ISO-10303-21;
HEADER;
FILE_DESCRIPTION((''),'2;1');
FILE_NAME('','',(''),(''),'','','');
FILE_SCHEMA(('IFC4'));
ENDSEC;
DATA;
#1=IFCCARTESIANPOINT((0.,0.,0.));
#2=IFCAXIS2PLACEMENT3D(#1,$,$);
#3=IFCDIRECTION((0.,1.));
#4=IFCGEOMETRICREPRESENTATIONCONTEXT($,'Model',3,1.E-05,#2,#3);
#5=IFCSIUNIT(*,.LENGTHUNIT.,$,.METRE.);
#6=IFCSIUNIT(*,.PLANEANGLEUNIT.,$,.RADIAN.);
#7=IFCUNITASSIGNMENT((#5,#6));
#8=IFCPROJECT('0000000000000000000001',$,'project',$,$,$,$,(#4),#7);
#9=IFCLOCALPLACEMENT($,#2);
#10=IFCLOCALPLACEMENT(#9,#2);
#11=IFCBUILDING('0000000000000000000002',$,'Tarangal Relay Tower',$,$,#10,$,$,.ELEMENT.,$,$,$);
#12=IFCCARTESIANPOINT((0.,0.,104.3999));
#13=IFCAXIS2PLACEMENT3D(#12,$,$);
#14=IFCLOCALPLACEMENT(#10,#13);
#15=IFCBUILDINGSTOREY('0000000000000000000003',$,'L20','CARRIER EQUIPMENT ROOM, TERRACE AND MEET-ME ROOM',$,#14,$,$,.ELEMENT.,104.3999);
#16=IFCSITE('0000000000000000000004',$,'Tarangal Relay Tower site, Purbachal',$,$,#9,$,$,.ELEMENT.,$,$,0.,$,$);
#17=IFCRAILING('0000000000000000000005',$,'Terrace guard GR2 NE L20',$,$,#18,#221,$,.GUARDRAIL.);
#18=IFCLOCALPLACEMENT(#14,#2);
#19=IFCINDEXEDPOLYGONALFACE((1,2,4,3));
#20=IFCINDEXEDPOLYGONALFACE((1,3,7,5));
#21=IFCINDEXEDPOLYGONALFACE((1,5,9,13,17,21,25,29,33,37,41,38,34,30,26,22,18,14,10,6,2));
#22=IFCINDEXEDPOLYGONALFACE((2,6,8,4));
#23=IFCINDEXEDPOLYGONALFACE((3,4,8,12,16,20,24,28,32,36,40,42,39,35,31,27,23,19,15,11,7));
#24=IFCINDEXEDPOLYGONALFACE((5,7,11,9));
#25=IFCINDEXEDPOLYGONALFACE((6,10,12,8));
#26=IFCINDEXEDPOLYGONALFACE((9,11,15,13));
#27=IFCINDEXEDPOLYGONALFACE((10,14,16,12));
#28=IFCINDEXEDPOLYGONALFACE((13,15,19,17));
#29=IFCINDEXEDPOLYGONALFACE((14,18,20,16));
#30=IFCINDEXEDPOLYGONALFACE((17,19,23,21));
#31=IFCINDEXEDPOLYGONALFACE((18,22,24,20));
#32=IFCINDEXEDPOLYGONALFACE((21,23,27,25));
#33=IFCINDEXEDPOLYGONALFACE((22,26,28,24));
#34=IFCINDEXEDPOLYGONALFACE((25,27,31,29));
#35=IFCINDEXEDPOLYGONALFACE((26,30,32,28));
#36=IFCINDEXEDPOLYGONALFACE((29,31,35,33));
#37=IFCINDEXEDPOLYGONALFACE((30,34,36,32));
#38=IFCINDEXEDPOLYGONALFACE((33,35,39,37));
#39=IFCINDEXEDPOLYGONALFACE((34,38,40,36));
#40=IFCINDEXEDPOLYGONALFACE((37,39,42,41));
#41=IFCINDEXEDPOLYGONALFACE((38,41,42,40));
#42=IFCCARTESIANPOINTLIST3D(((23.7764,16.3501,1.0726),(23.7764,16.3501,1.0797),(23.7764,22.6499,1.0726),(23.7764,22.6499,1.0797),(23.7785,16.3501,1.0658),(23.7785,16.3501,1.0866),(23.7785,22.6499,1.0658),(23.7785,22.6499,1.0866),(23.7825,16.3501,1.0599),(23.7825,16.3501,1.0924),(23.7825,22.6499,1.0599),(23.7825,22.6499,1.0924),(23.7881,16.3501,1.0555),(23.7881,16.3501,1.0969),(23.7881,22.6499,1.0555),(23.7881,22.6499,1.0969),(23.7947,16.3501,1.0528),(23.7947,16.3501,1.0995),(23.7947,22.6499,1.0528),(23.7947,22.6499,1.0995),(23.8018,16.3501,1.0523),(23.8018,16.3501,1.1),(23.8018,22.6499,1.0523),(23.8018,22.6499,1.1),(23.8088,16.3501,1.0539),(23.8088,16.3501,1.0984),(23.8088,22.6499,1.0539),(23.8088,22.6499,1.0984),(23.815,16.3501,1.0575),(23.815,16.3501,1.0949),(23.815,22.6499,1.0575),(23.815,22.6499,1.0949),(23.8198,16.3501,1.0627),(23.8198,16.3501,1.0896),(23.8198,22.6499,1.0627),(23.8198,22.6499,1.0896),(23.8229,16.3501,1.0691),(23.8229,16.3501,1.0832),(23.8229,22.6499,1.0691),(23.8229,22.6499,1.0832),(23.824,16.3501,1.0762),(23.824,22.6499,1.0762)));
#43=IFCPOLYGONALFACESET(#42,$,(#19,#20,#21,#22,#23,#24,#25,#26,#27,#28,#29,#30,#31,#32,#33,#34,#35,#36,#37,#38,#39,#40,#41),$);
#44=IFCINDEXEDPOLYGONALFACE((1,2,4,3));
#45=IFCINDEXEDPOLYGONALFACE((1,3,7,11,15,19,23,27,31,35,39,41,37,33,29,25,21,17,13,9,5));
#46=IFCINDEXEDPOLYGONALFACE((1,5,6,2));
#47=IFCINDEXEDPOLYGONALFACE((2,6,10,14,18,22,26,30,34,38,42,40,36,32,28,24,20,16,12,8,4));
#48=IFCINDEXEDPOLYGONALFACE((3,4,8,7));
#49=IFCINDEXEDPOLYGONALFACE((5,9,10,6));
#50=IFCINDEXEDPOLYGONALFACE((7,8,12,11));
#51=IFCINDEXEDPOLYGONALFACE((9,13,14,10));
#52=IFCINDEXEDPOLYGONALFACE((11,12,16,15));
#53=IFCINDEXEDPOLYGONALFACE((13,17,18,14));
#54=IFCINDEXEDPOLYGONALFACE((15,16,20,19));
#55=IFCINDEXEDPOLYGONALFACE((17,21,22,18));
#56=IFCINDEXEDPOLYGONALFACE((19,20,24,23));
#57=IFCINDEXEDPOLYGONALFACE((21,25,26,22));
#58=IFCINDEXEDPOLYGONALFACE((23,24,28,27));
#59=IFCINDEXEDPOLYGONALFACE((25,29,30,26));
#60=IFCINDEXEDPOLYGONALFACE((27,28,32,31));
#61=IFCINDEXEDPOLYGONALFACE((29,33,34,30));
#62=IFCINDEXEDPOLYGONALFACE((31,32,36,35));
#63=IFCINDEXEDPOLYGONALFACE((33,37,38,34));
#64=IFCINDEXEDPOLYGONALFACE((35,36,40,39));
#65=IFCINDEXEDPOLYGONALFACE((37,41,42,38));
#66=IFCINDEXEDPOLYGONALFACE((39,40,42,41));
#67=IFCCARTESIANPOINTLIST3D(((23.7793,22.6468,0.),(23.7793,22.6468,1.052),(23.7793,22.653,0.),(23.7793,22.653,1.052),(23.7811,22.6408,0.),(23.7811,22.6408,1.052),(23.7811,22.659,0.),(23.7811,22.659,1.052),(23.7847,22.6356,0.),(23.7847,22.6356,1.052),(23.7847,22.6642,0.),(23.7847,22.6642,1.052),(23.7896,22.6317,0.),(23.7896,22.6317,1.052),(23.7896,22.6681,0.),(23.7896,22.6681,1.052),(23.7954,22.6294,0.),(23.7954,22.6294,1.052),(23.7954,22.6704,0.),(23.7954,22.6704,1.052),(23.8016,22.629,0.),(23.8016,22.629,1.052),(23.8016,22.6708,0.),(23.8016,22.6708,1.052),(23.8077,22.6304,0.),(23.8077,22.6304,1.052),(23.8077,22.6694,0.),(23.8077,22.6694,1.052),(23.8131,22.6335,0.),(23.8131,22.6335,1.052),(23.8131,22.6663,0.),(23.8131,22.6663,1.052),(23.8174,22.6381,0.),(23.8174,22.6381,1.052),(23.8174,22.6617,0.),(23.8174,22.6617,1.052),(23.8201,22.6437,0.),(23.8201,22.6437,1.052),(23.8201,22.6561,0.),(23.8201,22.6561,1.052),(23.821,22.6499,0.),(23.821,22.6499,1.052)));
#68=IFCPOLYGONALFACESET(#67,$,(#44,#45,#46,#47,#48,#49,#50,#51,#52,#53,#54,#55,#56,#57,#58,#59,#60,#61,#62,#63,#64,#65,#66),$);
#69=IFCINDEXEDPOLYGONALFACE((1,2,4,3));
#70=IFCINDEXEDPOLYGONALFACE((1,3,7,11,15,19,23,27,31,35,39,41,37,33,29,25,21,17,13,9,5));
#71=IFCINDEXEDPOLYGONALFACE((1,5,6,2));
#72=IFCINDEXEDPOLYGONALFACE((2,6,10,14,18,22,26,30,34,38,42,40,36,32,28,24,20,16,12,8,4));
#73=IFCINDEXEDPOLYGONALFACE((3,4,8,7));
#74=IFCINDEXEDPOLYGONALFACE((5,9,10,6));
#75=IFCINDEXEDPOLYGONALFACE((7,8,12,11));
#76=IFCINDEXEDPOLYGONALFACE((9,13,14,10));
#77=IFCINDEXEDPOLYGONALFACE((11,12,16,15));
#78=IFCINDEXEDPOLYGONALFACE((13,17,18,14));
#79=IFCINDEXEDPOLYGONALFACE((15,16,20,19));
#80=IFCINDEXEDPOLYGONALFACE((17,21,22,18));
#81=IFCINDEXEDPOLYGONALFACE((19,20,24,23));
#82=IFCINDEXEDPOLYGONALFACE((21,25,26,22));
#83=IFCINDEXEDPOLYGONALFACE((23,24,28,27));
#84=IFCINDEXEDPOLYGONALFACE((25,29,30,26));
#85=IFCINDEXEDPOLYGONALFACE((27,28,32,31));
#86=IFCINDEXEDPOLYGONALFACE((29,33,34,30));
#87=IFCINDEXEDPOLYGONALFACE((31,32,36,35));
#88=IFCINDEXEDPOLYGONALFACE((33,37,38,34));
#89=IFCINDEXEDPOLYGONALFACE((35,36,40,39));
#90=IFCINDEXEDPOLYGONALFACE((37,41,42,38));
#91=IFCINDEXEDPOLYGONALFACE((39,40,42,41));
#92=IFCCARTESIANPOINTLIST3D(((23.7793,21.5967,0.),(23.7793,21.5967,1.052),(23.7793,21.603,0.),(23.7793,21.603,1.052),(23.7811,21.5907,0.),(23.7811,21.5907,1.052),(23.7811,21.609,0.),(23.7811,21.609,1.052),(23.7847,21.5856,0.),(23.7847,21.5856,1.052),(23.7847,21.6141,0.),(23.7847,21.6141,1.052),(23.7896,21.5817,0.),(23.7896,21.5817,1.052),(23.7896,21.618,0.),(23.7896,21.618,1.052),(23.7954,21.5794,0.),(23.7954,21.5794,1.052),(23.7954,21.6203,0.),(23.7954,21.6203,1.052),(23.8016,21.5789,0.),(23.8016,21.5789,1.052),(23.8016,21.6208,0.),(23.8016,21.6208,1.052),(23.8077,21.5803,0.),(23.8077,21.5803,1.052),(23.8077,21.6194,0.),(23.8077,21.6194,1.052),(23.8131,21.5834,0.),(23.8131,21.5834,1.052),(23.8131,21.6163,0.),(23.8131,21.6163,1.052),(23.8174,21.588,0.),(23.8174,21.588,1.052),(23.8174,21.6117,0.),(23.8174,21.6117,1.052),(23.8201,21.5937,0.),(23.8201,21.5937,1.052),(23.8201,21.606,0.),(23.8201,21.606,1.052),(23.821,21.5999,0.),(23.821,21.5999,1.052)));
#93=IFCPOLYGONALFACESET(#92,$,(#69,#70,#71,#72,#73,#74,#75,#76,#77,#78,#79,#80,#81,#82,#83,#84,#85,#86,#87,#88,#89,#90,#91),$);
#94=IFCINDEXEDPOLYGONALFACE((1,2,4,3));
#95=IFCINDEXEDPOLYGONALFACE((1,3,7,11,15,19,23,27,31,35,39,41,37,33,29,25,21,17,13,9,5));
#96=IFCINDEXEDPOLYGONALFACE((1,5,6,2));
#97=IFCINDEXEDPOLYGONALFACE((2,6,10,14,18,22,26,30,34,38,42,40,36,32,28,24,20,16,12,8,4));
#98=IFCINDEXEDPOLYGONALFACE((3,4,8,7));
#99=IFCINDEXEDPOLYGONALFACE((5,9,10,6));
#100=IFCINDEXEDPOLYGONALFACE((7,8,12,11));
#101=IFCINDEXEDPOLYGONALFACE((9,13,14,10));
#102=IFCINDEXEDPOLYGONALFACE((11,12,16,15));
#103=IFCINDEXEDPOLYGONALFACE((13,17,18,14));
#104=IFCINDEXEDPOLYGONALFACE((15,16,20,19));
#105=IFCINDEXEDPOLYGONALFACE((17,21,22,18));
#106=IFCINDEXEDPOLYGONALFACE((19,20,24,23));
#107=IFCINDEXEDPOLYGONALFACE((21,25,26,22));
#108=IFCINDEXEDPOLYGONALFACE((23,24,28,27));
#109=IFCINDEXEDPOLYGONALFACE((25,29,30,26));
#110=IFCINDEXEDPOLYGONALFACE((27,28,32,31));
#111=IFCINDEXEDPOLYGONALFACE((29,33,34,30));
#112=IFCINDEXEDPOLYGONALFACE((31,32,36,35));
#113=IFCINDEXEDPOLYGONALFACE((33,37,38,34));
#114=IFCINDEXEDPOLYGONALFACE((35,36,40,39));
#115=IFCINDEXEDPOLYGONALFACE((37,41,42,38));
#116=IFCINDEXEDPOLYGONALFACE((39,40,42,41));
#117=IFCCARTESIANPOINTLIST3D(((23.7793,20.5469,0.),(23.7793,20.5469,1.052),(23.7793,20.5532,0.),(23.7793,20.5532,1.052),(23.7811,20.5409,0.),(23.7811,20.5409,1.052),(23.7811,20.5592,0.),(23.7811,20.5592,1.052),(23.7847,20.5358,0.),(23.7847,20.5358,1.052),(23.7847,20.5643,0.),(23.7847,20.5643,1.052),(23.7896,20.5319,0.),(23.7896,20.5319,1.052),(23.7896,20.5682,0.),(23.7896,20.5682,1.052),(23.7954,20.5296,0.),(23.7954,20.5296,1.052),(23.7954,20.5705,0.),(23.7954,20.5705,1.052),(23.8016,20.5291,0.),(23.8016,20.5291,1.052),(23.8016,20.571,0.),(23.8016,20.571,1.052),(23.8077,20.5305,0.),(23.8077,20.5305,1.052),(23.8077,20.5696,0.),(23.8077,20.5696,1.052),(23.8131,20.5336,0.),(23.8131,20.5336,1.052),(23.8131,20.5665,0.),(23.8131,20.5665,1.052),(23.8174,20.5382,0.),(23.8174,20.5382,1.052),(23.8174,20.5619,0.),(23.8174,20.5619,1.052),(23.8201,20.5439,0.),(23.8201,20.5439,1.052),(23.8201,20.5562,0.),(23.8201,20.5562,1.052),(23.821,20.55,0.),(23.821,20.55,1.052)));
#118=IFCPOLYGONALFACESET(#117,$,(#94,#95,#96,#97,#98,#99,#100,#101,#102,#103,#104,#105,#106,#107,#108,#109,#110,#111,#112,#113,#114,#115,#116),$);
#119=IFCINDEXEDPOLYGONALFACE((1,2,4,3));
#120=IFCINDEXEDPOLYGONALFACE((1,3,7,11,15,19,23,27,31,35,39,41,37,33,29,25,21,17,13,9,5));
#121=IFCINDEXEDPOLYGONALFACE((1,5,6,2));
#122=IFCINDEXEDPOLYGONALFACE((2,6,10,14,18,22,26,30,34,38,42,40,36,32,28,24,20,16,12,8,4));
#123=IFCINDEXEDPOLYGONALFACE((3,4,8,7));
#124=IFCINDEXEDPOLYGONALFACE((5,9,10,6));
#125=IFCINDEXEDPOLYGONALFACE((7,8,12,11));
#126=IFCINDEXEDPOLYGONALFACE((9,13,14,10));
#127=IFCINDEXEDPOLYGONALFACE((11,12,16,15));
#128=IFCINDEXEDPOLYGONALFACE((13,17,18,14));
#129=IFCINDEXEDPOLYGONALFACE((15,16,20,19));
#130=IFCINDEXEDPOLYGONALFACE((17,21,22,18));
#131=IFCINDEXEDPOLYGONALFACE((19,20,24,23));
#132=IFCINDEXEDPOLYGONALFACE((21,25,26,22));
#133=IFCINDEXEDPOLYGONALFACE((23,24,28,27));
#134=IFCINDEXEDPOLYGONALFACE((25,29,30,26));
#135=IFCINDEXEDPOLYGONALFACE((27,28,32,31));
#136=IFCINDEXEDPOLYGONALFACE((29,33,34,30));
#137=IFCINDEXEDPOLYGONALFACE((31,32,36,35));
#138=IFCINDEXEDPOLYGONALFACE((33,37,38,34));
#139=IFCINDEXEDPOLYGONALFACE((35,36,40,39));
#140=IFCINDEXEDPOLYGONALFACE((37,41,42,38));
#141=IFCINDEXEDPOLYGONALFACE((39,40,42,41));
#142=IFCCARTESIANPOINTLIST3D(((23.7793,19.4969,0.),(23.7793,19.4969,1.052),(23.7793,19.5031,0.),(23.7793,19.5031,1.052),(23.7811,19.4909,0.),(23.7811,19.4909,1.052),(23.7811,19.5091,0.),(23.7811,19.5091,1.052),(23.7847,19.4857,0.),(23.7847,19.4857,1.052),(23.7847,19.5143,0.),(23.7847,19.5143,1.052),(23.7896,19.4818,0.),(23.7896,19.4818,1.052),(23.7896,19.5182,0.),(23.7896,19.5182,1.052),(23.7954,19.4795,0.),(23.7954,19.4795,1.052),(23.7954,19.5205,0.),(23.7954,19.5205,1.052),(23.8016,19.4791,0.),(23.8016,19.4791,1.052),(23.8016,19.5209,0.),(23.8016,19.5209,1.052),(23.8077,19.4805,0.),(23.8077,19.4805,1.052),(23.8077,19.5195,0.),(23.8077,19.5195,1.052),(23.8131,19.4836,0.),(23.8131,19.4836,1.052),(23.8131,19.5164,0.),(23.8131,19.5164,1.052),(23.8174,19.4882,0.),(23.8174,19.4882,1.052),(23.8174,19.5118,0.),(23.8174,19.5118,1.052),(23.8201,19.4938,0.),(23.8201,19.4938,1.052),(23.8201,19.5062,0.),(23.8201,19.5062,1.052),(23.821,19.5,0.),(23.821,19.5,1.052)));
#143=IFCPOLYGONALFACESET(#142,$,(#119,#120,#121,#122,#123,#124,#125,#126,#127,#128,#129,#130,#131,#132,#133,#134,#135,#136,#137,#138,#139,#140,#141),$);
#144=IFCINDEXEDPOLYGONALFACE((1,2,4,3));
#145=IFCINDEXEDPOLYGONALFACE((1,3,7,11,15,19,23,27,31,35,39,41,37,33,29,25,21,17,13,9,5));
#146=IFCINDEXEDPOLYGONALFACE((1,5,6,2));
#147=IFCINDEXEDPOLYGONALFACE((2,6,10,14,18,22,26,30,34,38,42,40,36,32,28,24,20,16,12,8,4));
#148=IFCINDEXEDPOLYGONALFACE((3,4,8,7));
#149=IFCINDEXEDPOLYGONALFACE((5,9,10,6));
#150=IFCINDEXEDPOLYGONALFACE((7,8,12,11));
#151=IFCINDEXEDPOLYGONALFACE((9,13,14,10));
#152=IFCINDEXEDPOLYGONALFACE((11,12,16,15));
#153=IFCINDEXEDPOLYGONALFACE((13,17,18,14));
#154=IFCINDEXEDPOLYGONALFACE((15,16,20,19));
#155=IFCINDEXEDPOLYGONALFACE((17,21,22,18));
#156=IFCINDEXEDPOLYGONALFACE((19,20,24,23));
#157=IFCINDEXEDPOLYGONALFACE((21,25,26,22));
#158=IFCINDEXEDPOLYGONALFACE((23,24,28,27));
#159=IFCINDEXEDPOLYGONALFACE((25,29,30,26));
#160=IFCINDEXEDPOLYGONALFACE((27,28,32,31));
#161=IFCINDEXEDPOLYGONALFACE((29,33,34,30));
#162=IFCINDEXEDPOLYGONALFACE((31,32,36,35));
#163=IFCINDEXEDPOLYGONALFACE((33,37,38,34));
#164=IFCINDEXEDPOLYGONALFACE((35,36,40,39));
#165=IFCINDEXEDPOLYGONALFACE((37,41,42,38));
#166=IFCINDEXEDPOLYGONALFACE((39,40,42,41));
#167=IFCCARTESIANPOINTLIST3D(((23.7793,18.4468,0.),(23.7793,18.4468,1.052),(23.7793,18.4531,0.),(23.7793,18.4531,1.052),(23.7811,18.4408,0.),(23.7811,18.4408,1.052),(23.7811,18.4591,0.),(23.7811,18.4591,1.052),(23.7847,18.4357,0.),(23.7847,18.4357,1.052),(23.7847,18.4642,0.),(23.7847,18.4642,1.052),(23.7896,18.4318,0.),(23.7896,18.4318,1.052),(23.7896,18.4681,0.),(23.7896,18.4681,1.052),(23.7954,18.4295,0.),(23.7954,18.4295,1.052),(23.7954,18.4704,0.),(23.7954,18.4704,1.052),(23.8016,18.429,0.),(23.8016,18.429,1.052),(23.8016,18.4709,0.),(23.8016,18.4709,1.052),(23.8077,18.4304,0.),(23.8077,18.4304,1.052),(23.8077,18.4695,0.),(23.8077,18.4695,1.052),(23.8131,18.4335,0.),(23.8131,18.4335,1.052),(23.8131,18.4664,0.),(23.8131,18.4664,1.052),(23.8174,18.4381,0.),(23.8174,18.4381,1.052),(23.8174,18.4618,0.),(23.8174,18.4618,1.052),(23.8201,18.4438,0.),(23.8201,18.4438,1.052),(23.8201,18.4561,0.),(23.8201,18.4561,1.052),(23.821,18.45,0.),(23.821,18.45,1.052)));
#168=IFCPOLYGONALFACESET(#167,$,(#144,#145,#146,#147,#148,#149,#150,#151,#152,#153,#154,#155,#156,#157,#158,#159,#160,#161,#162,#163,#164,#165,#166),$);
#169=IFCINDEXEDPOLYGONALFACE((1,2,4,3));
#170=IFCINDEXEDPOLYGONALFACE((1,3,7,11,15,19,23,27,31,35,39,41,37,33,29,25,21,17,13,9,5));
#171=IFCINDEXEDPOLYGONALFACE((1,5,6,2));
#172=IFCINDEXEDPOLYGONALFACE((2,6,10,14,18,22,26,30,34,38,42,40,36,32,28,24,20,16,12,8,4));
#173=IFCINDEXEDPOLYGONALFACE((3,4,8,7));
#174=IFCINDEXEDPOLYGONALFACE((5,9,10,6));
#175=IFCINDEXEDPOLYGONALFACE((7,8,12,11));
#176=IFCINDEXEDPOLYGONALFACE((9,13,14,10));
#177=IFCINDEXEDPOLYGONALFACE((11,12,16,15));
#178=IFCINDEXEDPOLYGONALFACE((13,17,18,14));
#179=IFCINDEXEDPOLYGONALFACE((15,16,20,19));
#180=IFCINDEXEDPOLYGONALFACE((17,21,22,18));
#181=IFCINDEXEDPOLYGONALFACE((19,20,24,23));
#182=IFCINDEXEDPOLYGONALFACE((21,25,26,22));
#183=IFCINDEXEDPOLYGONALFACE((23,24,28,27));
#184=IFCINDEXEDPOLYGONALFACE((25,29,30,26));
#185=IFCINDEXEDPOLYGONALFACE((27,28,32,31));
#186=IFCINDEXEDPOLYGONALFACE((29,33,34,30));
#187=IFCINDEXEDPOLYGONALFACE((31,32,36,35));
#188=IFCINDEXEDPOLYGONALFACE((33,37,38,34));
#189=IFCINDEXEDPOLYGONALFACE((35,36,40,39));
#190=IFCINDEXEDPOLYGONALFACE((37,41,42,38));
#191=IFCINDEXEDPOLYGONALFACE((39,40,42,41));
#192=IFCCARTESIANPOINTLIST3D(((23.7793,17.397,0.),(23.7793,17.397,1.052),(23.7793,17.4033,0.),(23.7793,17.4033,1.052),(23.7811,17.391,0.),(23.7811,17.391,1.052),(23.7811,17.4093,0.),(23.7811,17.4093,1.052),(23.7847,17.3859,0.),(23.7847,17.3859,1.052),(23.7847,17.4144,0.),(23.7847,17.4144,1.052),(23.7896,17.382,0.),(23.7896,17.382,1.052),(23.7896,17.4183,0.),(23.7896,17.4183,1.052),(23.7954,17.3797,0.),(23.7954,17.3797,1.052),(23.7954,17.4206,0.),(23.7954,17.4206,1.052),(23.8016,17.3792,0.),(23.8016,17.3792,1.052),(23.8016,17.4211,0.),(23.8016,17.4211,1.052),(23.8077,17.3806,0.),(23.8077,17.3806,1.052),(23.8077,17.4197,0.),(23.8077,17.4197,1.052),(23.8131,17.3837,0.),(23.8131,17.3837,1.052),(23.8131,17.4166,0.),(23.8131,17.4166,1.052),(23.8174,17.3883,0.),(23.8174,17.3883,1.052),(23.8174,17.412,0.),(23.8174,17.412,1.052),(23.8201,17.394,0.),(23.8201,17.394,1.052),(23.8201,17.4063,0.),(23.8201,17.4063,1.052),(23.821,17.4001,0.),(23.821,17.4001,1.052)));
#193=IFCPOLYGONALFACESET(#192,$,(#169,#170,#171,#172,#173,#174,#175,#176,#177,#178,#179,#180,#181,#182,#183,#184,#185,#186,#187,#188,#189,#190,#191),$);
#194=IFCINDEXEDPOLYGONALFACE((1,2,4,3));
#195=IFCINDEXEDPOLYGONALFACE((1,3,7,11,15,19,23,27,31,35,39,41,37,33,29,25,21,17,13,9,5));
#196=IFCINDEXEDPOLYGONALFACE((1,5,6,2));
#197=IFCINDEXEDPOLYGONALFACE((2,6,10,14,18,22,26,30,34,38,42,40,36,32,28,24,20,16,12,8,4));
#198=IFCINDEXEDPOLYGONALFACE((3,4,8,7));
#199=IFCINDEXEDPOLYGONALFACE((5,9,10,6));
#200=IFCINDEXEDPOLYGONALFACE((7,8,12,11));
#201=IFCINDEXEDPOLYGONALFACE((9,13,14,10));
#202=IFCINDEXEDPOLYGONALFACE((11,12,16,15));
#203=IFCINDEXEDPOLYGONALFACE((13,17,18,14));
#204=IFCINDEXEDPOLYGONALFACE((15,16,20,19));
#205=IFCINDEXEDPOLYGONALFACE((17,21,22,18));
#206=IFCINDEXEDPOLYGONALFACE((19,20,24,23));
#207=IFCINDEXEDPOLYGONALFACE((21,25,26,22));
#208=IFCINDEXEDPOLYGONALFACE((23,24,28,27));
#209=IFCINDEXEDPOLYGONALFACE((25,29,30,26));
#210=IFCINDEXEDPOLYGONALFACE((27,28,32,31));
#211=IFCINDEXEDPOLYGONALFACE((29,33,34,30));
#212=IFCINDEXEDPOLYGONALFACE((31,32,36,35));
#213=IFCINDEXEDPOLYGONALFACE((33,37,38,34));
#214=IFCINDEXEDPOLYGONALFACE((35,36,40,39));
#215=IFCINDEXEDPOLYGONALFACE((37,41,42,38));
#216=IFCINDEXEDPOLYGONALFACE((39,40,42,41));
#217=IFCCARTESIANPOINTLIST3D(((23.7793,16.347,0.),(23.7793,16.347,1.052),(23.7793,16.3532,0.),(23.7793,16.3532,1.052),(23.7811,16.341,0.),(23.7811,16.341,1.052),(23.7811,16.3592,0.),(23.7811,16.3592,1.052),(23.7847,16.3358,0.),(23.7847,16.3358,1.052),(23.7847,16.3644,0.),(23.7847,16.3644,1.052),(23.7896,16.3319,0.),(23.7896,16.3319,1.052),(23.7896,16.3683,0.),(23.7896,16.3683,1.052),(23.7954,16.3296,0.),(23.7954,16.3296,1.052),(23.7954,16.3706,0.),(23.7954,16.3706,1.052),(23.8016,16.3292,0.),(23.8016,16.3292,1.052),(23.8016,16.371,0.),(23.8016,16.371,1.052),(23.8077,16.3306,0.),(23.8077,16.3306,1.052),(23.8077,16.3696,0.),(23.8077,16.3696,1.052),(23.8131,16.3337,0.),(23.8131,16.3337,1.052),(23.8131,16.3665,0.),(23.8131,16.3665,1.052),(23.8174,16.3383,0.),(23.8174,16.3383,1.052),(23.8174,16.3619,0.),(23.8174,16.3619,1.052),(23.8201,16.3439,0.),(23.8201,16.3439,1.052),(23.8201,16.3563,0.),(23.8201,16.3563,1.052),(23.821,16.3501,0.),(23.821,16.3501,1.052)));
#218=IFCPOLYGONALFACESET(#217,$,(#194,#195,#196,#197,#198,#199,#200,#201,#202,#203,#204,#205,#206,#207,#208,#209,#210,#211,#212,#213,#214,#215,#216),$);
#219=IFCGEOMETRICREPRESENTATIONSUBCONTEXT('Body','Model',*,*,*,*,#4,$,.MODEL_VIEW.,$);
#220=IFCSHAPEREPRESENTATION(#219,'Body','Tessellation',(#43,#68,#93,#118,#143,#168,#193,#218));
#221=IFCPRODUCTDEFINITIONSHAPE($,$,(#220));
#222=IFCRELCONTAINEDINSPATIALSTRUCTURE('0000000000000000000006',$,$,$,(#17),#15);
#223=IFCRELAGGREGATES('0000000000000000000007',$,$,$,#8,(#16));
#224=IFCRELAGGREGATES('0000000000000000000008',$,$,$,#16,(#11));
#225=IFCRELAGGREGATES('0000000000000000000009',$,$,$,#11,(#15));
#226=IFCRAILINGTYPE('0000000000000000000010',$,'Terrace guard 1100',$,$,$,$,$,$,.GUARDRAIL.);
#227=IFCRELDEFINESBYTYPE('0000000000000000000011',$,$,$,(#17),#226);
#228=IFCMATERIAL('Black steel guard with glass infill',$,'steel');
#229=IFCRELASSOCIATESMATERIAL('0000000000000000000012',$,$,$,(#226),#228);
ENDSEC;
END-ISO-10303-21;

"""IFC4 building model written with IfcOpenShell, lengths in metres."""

from ifc_helpers import new_model, si_unit, direction, frame, origin, origin_2d, place, context, subcontext, project, spatial, circle, extrude, material, type_object, element, save


model = new_model("IFC4")

# Units and contexts
model_context = context("Model", 3, precision=1e-05, world=origin(), true_north=direction((0.0, 1.0)))
body_context = subcontext(model_context, "Body", "Model", "MODEL_VIEW")
ifc_project = project(units=[si_unit("LENGTHUNIT", "METRE"), si_unit("PLANEANGLEUNIT", "RADIAN")], contexts=[model_context])

# Site, building, storey
site_placement = place(None, origin())
site = spatial("IfcSite", under=ifc_project, at=site_placement, Name="Tarangal Relay Tower site, Purbachal", CompositionType="ELEMENT", RefElevation=0.0)
building_placement = place(site_placement, origin())
building = spatial("IfcBuilding", under=site, at=building_placement, Name="Tarangal Relay Tower", CompositionType="ELEMENT")
storey_placement = place(building_placement, frame((0.0, 0.0, 104.3999)))
storey = spatial("IfcBuildingStorey", under=building, at=storey_placement, Name="L20", Description="CARRIER EQUIPMENT ROOM, TERRACE AND MEET-ME ROOM", CompositionType="ELEMENT", Elevation=104.3999)

# Railing
ifc_material_1 = material(Name="Black steel guard with glass infill", Category="steel")
railing_type = type_object("IfcRailingType", Name="Terrace guard 1100", PredefinedType="GUARDRAIL", material=ifc_material_1)
railing_1_placement = place(storey_placement, frame((23.8, 22.6499, 0.0)))
element("IfcRailing", 1, at=railing_1_placement, inside=storey, type_object=railing_type, Name="Terrace guard GR2 NE L20", PredefinedType="GUARDRAIL", context=body_context, shape_type="SweptSolid", body=[
    extrude(circle(Radius=0.0239, at=origin_2d()), frame((0.0, 0.0, 1.0762), z_axis=(0.0, -1.0, 0.0), x_axis=(1.0, 0.0, 0.0)), (0.0, 0.0, 1.0), 6.2998),
    extrude(circle(Radius=0.021, at=origin_2d()), origin(), (0.0, 0.0, 1.0), 1.052),
    extrude(circle(Radius=0.021, at=origin_2d()), frame((0.0, -1.05, 0.0)), (0.0, 0.0, 1.0), 1.052),
    extrude(circle(Radius=0.021, at=origin_2d()), frame((0.0, -2.0999, 0.0)), (0.0, 0.0, 1.0), 1.052),
    extrude(circle(Radius=0.021, at=origin_2d()), frame((0.0, -3.1499, 0.0)), (0.0, 0.0, 1.0), 1.052),
    extrude(circle(Radius=0.021, at=origin_2d()), frame((0.0, -4.2, 0.0)), (0.0, 0.0, 1.0), 1.052),
    extrude(circle(Radius=0.021, at=origin_2d()), frame((0.0, -5.2498, 0.0)), (0.0, 0.0, 1.0), 1.052),
    extrude(circle(Radius=0.021, at=origin_2d()), frame((0.0, -6.2998, 0.0)), (0.0, 0.0, 1.0), 1.052),
])

save(model, "model.ifc")
